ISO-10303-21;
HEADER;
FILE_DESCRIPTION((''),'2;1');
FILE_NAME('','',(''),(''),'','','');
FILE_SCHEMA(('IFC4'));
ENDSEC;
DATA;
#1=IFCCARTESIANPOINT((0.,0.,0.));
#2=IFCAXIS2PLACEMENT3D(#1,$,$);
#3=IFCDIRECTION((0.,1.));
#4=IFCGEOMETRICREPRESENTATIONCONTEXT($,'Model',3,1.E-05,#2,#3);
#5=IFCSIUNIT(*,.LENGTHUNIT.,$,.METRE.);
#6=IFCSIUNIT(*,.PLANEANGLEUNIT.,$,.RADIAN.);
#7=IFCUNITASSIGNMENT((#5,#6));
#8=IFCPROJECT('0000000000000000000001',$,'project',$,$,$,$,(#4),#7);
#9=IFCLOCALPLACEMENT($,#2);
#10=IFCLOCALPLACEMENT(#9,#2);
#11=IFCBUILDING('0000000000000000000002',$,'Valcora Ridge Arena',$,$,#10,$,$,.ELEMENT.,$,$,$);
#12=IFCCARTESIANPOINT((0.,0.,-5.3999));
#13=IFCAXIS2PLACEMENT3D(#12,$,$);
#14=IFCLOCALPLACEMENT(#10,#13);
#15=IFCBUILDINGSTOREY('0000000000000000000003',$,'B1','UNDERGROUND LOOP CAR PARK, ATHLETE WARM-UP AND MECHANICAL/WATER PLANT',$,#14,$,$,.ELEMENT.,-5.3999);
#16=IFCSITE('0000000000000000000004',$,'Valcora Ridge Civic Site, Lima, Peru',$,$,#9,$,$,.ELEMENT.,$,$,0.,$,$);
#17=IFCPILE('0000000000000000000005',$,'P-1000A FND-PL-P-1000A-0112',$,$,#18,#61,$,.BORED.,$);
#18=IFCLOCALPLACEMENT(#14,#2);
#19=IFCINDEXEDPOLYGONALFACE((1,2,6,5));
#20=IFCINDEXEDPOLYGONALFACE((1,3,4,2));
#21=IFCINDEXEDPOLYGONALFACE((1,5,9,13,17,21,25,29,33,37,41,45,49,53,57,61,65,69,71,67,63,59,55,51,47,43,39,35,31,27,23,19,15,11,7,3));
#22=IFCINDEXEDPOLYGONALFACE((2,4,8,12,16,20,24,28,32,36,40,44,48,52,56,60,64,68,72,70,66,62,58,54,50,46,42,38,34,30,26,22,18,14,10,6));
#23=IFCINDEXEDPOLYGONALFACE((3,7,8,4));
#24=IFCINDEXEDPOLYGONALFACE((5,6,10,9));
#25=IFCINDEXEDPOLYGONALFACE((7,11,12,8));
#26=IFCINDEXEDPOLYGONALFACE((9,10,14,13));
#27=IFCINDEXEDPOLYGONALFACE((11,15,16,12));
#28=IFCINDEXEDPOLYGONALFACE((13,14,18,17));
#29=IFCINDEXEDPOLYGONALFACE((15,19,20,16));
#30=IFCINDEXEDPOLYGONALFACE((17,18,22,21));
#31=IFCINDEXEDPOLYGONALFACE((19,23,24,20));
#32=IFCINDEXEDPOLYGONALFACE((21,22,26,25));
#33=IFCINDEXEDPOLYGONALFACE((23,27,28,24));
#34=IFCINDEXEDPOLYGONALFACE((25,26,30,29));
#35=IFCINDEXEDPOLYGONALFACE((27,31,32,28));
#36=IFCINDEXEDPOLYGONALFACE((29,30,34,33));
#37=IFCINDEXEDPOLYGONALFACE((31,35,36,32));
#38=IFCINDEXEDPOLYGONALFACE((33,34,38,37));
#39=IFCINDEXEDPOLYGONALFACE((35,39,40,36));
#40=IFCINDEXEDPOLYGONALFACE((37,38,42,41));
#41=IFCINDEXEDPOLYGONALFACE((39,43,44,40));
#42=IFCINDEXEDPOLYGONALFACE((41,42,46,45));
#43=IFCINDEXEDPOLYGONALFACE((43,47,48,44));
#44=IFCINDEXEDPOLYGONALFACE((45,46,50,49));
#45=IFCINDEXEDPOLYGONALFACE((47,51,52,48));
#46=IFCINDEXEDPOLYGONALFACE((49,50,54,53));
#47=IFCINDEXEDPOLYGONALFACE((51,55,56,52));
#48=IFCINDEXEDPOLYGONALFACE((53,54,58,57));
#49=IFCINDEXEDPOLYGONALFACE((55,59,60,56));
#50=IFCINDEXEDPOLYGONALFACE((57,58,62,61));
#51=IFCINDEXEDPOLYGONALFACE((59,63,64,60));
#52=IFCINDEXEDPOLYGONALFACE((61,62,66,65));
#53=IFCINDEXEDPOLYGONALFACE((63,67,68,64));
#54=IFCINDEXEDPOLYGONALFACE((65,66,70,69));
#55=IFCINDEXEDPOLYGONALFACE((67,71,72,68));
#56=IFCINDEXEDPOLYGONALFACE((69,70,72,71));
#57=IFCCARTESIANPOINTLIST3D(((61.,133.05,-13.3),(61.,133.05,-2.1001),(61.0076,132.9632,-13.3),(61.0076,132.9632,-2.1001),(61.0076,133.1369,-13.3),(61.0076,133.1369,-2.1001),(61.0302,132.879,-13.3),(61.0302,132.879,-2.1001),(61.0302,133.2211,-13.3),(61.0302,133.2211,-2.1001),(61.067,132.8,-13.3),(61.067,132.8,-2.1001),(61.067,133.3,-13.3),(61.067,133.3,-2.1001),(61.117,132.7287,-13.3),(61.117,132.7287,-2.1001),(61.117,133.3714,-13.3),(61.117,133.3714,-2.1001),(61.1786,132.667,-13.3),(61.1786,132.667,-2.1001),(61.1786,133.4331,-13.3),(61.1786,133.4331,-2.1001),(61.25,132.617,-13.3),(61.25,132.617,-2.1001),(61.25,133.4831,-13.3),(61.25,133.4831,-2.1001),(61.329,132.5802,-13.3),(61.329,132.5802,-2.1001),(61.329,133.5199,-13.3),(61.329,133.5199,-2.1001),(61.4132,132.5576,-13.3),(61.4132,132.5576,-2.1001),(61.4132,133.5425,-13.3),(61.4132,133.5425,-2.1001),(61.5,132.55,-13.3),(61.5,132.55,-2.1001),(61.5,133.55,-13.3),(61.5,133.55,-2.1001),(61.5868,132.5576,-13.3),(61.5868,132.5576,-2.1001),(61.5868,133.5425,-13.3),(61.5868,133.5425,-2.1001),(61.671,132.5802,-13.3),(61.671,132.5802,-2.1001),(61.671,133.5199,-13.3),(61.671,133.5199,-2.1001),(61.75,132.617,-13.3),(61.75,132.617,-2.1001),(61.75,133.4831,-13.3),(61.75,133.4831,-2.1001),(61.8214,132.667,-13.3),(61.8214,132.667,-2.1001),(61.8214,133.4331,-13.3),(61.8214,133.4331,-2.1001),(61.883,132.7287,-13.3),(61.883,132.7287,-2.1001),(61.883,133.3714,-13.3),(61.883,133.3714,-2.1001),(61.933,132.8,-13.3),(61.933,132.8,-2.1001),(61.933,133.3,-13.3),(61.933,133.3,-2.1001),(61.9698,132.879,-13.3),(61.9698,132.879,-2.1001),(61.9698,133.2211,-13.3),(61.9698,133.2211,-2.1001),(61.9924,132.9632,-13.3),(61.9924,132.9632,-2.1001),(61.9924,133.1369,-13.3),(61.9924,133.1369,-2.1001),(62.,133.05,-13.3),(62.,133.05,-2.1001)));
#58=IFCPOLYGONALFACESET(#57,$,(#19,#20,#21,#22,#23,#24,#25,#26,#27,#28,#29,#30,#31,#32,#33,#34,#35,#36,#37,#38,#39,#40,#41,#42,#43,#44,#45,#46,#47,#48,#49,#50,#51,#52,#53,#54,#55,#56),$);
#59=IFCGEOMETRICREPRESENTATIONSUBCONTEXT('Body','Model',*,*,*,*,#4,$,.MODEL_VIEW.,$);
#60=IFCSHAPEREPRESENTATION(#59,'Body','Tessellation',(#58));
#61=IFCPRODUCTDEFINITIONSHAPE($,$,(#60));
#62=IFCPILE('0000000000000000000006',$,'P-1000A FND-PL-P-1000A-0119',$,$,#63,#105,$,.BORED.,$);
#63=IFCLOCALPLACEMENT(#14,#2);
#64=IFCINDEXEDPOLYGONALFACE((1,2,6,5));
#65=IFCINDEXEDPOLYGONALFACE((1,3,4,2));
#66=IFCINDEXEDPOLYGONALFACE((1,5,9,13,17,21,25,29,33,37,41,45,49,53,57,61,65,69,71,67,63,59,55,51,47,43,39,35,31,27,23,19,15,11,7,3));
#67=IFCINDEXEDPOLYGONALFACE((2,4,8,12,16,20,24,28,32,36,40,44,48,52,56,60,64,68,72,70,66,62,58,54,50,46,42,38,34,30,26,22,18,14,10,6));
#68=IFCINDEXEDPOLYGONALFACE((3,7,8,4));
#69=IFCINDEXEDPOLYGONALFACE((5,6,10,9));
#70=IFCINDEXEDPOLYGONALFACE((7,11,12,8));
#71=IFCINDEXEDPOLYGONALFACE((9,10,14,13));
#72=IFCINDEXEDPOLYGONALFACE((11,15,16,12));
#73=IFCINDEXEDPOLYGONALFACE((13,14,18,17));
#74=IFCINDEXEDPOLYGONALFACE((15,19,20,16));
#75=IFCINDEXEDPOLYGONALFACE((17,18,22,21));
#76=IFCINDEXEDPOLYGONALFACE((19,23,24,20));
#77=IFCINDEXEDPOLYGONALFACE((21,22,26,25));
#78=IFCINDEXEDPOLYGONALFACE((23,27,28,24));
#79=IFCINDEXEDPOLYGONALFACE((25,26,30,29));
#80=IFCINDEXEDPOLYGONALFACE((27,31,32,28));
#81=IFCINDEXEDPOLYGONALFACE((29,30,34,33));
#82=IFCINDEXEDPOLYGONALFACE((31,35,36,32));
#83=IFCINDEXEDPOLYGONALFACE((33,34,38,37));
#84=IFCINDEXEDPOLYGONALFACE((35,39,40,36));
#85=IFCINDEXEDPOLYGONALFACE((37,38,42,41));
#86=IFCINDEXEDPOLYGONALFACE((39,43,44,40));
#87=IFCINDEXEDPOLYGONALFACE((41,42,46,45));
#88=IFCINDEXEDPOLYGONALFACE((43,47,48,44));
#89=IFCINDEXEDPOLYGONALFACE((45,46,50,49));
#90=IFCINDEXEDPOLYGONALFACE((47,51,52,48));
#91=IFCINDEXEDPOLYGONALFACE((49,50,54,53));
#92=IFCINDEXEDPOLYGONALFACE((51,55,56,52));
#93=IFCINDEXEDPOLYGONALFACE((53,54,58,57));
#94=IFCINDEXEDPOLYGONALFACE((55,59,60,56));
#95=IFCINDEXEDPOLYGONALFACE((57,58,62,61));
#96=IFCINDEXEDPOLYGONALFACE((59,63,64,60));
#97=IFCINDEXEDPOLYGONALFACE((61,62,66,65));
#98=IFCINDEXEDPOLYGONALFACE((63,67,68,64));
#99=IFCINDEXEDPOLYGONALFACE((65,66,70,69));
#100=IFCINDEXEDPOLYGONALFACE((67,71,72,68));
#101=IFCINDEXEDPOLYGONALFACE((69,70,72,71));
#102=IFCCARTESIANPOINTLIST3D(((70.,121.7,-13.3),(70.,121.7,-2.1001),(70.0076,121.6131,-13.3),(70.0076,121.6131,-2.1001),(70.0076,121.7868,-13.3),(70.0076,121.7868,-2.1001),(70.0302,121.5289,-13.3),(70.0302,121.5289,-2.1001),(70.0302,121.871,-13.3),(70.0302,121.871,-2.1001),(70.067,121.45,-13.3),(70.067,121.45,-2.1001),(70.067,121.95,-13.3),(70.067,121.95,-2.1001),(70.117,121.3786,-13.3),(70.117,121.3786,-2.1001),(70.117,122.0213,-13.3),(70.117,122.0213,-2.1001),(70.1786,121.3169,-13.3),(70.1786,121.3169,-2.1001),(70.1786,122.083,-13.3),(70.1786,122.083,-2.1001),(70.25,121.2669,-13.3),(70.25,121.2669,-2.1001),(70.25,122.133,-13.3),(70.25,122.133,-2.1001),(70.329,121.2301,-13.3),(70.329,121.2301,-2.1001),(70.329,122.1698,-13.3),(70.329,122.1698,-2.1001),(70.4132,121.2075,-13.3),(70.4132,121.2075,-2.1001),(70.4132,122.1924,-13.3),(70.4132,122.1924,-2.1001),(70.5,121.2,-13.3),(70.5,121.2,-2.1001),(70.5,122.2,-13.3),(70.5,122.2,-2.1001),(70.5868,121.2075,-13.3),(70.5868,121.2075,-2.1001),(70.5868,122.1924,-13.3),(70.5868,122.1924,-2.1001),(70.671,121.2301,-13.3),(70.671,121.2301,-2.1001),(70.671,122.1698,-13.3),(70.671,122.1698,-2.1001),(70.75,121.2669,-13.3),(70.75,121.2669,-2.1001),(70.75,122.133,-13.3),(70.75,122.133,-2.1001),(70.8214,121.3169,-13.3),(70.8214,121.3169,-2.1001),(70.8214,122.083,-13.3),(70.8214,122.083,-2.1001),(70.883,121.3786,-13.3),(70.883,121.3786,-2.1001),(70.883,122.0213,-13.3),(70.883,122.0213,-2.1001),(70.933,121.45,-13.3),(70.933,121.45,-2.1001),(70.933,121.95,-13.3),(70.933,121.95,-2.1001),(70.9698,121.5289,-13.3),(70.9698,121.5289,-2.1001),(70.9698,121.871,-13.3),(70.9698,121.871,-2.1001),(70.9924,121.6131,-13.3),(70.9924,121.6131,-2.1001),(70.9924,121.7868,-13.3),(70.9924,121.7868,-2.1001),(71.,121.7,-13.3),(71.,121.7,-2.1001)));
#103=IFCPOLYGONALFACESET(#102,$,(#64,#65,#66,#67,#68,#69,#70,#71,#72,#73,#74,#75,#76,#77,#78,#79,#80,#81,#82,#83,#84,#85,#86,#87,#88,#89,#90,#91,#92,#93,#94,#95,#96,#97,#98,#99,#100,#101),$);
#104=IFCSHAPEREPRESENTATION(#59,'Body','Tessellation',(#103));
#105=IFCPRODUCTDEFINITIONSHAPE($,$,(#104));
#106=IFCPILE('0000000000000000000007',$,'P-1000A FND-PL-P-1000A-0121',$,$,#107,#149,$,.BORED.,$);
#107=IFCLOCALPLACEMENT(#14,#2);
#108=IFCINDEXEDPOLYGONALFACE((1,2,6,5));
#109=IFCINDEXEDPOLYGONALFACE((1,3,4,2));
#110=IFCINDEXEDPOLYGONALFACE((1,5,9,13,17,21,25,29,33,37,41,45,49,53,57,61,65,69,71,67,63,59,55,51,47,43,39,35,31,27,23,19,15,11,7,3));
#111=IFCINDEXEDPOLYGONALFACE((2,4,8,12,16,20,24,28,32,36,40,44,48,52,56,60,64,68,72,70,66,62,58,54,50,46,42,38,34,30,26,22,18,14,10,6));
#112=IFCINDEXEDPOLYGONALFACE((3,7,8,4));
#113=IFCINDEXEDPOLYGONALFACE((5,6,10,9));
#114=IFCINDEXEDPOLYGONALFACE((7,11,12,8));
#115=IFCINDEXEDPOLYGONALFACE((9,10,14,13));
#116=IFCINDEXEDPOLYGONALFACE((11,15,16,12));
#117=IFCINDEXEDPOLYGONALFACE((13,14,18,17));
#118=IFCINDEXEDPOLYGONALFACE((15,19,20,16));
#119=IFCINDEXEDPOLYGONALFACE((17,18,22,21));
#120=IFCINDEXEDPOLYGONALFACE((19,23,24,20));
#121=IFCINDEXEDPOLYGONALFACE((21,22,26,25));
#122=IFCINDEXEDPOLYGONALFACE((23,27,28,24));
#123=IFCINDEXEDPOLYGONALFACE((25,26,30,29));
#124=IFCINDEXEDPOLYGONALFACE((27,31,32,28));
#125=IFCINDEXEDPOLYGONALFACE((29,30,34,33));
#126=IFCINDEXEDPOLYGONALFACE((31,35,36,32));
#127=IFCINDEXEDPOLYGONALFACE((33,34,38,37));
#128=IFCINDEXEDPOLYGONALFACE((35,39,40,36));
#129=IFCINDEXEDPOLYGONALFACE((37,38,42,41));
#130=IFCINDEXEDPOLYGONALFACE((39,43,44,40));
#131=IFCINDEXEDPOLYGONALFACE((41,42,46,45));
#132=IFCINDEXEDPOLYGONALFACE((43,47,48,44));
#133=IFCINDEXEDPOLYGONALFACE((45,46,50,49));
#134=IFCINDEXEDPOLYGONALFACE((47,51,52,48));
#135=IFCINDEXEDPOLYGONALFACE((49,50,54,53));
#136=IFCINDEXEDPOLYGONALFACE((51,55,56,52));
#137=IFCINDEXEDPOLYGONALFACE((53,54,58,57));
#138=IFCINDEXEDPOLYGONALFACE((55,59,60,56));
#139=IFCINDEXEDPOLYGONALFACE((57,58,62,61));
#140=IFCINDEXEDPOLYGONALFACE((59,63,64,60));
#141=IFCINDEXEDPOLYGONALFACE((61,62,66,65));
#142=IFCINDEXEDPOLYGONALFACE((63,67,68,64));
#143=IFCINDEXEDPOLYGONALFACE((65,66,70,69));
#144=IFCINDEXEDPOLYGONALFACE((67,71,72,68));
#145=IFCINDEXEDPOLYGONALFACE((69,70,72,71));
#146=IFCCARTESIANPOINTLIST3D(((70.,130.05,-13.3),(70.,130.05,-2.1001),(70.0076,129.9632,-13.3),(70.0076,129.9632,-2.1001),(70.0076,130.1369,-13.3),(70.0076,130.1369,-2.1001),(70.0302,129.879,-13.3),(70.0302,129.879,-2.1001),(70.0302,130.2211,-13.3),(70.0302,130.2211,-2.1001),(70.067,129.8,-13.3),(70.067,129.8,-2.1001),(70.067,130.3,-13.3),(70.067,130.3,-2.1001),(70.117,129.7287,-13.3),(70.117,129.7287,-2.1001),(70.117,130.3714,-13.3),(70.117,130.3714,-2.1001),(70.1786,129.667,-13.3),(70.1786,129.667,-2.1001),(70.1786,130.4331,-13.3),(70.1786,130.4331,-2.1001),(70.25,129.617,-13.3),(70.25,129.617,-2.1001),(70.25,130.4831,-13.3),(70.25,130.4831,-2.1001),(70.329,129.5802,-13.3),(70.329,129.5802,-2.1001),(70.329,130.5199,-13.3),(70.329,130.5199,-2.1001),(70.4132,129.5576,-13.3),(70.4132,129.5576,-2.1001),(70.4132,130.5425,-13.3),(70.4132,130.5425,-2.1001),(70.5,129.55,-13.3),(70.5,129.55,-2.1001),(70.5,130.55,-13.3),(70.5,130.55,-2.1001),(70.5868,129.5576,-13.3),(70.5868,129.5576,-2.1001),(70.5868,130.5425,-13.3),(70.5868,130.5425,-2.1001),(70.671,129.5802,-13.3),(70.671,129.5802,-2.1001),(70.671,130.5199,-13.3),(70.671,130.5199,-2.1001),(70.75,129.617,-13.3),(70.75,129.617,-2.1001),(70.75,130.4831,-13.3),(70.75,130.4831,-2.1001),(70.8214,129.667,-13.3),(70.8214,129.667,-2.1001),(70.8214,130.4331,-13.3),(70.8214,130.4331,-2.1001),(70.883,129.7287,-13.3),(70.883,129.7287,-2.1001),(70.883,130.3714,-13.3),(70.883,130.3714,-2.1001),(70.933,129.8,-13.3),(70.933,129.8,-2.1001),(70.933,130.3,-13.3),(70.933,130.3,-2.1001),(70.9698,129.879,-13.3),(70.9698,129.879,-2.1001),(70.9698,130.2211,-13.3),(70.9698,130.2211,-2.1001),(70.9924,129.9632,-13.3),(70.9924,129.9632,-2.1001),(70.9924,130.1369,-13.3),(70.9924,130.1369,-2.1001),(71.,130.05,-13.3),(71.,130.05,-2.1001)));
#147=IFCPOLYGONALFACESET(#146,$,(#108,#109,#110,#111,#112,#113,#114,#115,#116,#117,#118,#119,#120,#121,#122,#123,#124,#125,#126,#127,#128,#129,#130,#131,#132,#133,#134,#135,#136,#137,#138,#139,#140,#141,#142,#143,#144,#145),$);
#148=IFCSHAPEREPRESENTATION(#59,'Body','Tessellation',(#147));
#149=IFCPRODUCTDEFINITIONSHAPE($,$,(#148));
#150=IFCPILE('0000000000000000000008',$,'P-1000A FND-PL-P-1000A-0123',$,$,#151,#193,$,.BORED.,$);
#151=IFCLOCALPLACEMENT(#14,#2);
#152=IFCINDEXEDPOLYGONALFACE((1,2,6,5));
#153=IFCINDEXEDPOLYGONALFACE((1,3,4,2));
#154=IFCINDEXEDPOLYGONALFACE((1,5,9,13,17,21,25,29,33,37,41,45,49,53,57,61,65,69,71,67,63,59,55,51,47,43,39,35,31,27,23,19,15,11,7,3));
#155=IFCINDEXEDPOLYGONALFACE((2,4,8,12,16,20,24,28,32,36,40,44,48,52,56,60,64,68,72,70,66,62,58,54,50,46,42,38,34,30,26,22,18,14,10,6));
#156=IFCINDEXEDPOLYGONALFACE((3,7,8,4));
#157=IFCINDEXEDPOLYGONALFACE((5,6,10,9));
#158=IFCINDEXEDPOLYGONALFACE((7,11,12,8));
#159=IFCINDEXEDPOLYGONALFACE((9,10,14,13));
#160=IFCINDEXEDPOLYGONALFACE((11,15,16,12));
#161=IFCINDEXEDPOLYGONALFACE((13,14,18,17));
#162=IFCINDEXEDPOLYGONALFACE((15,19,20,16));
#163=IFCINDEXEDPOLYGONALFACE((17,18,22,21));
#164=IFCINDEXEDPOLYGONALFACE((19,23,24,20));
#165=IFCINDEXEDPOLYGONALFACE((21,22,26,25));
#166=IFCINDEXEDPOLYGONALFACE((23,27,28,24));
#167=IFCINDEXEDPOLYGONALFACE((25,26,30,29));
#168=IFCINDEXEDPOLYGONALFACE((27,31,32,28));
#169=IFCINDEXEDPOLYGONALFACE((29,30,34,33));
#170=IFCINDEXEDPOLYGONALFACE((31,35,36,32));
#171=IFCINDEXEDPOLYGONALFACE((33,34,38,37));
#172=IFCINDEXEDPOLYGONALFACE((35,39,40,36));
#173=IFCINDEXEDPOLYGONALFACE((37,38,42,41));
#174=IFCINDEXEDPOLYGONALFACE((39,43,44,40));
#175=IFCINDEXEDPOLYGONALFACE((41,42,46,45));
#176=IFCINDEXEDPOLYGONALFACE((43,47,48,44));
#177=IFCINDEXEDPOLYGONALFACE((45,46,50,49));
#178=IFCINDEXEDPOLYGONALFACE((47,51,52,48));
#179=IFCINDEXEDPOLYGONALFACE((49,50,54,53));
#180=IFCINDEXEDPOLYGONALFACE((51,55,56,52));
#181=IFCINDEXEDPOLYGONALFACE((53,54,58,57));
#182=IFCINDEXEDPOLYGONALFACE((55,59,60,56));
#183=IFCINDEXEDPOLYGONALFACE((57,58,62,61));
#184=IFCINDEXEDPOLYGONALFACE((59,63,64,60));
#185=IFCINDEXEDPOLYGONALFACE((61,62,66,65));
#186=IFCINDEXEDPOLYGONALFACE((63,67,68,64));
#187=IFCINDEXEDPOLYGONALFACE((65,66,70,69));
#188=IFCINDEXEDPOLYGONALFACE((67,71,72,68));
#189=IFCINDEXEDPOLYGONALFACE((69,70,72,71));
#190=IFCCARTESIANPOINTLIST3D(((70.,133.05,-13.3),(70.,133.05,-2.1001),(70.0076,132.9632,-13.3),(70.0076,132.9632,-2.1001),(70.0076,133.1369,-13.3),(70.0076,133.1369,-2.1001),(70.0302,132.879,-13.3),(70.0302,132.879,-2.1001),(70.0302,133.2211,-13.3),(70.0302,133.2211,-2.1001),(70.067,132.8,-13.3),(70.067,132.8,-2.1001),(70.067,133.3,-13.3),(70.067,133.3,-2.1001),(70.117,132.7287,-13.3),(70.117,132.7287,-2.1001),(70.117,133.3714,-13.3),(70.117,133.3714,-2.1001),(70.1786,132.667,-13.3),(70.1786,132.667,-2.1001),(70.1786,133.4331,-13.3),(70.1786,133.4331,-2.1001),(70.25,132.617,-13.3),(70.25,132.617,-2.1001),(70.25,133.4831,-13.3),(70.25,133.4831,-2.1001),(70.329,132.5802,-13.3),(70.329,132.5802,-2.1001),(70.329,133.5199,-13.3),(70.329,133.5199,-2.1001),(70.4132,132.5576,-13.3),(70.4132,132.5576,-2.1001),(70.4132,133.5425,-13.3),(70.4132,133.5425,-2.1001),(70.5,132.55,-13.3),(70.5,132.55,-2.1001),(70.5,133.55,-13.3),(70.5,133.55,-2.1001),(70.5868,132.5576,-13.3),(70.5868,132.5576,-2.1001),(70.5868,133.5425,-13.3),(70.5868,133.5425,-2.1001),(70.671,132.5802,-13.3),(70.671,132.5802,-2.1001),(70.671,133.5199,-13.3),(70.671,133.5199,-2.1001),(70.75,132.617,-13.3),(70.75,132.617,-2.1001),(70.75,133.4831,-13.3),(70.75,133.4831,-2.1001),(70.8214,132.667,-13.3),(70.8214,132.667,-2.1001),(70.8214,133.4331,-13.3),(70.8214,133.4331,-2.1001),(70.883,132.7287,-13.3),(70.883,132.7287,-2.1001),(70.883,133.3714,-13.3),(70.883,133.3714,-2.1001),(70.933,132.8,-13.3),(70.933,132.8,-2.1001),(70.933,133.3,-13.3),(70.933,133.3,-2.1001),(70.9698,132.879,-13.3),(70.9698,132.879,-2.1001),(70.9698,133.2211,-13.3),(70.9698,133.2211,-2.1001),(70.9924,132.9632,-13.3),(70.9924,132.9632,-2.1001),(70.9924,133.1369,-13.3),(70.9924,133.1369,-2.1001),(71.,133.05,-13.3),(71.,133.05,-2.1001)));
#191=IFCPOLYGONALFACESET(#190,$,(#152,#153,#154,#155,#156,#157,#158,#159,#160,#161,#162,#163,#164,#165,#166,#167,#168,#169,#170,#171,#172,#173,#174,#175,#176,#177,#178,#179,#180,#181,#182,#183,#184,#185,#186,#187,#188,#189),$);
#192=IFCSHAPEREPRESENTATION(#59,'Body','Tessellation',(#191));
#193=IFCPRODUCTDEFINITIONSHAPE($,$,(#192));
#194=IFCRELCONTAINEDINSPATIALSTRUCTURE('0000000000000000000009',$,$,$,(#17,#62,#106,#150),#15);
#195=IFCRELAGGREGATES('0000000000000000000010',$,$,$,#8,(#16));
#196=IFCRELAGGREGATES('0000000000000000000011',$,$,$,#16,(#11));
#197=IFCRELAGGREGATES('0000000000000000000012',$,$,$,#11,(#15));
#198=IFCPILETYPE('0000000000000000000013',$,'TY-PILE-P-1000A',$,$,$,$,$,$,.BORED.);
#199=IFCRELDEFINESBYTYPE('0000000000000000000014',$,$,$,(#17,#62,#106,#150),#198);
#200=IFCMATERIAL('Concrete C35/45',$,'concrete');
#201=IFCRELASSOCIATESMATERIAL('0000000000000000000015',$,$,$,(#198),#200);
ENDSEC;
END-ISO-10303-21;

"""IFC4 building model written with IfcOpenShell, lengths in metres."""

from ifc_helpers import new_model, si_unit, direction, frame, origin, origin_2d, place, context, subcontext, project, spatial, circle, extrude, material, material_profile, profile_set, type_object, element, save


model = new_model("IFC4")

# Units and contexts
model_context = context("Model", 3, precision=1e-05, world=origin(), true_north=direction((0.0, 1.0)))
body_context = subcontext(model_context, "Body", "Model", "MODEL_VIEW")
ifc_project = project(units=[si_unit("LENGTHUNIT", "METRE"), si_unit("PLANEANGLEUNIT", "RADIAN")], contexts=[model_context])

# Site, building, storey
site_placement = place(None, origin())
site = spatial("IfcSite", under=ifc_project, at=site_placement, Name="Valcora Ridge Civic Site, Lima, Peru", CompositionType="ELEMENT", RefElevation=0.0)
building_placement = place(site_placement, origin())
building = spatial("IfcBuilding", under=site, at=building_placement, Name="Valcora Ridge Arena", CompositionType="ELEMENT")
storey_placement = place(building_placement, frame((0.0, 0.0, -5.3999)))
storey = spatial("IfcBuildingStorey", under=building, at=storey_placement, Name="B1", Description="UNDERGROUND LOOP CAR PARK, ATHLETE WARM-UP AND MECHANICAL/WATER PLANT", CompositionType="ELEMENT", Elevation=-5.3999)

# Piles
ifc_material_1 = material(Name="Concrete C35/45", Category="concrete")
ifc_material_profile_1 = material_profile(ifc_material_1, circle(Radius=0.5, at=origin_2d()), Name="BORED PILE D1000")
ifc_profile_set_1 = profile_set([ifc_material_profile_1], Name="Concrete C35/45")
pile_type_1 = type_object("IfcPileType", Name="TY-PILE-P-1000A", PredefinedType="BORED", material=ifc_profile_set_1)
for number, where, z_axis, x_axis, name in (
    (1, (61.5, 133.05, -2.1001), (0.0, 0.0, -1.0), (1.0, 0.0, 0.0), "P-1000A FND-PL-P-1000A-0112"),
    (2, (70.5, 121.7, -2.1001), (0.0, 0.0, -1.0), (1.0, 0.0, 0.0), "P-1000A FND-PL-P-1000A-0119"),
    (3, (70.5, 130.05, -2.1001), (0.0, 0.0, -1.0), (1.0, 0.0, 0.0), "P-1000A FND-PL-P-1000A-0121"),
    (4, (70.5, 133.05, -2.1001), (0.0, 0.0, -1.0), (1.0, 0.0, 0.0), "P-1000A FND-PL-P-1000A-0123"),
):
    element("IfcPile", number, at=place(storey_placement, frame(where, z_axis=z_axis, x_axis=x_axis)), inside=storey, type_object=pile_type_1, Name=name, PredefinedType="BORED", context=body_context, shape_type="SweptSolid", body=[
        extrude(circle(Radius=0.5, at=origin_2d()), origin(), (0.0, 0.0, 1.0), 11.2),
    ])

save(model, "model.ifc")
